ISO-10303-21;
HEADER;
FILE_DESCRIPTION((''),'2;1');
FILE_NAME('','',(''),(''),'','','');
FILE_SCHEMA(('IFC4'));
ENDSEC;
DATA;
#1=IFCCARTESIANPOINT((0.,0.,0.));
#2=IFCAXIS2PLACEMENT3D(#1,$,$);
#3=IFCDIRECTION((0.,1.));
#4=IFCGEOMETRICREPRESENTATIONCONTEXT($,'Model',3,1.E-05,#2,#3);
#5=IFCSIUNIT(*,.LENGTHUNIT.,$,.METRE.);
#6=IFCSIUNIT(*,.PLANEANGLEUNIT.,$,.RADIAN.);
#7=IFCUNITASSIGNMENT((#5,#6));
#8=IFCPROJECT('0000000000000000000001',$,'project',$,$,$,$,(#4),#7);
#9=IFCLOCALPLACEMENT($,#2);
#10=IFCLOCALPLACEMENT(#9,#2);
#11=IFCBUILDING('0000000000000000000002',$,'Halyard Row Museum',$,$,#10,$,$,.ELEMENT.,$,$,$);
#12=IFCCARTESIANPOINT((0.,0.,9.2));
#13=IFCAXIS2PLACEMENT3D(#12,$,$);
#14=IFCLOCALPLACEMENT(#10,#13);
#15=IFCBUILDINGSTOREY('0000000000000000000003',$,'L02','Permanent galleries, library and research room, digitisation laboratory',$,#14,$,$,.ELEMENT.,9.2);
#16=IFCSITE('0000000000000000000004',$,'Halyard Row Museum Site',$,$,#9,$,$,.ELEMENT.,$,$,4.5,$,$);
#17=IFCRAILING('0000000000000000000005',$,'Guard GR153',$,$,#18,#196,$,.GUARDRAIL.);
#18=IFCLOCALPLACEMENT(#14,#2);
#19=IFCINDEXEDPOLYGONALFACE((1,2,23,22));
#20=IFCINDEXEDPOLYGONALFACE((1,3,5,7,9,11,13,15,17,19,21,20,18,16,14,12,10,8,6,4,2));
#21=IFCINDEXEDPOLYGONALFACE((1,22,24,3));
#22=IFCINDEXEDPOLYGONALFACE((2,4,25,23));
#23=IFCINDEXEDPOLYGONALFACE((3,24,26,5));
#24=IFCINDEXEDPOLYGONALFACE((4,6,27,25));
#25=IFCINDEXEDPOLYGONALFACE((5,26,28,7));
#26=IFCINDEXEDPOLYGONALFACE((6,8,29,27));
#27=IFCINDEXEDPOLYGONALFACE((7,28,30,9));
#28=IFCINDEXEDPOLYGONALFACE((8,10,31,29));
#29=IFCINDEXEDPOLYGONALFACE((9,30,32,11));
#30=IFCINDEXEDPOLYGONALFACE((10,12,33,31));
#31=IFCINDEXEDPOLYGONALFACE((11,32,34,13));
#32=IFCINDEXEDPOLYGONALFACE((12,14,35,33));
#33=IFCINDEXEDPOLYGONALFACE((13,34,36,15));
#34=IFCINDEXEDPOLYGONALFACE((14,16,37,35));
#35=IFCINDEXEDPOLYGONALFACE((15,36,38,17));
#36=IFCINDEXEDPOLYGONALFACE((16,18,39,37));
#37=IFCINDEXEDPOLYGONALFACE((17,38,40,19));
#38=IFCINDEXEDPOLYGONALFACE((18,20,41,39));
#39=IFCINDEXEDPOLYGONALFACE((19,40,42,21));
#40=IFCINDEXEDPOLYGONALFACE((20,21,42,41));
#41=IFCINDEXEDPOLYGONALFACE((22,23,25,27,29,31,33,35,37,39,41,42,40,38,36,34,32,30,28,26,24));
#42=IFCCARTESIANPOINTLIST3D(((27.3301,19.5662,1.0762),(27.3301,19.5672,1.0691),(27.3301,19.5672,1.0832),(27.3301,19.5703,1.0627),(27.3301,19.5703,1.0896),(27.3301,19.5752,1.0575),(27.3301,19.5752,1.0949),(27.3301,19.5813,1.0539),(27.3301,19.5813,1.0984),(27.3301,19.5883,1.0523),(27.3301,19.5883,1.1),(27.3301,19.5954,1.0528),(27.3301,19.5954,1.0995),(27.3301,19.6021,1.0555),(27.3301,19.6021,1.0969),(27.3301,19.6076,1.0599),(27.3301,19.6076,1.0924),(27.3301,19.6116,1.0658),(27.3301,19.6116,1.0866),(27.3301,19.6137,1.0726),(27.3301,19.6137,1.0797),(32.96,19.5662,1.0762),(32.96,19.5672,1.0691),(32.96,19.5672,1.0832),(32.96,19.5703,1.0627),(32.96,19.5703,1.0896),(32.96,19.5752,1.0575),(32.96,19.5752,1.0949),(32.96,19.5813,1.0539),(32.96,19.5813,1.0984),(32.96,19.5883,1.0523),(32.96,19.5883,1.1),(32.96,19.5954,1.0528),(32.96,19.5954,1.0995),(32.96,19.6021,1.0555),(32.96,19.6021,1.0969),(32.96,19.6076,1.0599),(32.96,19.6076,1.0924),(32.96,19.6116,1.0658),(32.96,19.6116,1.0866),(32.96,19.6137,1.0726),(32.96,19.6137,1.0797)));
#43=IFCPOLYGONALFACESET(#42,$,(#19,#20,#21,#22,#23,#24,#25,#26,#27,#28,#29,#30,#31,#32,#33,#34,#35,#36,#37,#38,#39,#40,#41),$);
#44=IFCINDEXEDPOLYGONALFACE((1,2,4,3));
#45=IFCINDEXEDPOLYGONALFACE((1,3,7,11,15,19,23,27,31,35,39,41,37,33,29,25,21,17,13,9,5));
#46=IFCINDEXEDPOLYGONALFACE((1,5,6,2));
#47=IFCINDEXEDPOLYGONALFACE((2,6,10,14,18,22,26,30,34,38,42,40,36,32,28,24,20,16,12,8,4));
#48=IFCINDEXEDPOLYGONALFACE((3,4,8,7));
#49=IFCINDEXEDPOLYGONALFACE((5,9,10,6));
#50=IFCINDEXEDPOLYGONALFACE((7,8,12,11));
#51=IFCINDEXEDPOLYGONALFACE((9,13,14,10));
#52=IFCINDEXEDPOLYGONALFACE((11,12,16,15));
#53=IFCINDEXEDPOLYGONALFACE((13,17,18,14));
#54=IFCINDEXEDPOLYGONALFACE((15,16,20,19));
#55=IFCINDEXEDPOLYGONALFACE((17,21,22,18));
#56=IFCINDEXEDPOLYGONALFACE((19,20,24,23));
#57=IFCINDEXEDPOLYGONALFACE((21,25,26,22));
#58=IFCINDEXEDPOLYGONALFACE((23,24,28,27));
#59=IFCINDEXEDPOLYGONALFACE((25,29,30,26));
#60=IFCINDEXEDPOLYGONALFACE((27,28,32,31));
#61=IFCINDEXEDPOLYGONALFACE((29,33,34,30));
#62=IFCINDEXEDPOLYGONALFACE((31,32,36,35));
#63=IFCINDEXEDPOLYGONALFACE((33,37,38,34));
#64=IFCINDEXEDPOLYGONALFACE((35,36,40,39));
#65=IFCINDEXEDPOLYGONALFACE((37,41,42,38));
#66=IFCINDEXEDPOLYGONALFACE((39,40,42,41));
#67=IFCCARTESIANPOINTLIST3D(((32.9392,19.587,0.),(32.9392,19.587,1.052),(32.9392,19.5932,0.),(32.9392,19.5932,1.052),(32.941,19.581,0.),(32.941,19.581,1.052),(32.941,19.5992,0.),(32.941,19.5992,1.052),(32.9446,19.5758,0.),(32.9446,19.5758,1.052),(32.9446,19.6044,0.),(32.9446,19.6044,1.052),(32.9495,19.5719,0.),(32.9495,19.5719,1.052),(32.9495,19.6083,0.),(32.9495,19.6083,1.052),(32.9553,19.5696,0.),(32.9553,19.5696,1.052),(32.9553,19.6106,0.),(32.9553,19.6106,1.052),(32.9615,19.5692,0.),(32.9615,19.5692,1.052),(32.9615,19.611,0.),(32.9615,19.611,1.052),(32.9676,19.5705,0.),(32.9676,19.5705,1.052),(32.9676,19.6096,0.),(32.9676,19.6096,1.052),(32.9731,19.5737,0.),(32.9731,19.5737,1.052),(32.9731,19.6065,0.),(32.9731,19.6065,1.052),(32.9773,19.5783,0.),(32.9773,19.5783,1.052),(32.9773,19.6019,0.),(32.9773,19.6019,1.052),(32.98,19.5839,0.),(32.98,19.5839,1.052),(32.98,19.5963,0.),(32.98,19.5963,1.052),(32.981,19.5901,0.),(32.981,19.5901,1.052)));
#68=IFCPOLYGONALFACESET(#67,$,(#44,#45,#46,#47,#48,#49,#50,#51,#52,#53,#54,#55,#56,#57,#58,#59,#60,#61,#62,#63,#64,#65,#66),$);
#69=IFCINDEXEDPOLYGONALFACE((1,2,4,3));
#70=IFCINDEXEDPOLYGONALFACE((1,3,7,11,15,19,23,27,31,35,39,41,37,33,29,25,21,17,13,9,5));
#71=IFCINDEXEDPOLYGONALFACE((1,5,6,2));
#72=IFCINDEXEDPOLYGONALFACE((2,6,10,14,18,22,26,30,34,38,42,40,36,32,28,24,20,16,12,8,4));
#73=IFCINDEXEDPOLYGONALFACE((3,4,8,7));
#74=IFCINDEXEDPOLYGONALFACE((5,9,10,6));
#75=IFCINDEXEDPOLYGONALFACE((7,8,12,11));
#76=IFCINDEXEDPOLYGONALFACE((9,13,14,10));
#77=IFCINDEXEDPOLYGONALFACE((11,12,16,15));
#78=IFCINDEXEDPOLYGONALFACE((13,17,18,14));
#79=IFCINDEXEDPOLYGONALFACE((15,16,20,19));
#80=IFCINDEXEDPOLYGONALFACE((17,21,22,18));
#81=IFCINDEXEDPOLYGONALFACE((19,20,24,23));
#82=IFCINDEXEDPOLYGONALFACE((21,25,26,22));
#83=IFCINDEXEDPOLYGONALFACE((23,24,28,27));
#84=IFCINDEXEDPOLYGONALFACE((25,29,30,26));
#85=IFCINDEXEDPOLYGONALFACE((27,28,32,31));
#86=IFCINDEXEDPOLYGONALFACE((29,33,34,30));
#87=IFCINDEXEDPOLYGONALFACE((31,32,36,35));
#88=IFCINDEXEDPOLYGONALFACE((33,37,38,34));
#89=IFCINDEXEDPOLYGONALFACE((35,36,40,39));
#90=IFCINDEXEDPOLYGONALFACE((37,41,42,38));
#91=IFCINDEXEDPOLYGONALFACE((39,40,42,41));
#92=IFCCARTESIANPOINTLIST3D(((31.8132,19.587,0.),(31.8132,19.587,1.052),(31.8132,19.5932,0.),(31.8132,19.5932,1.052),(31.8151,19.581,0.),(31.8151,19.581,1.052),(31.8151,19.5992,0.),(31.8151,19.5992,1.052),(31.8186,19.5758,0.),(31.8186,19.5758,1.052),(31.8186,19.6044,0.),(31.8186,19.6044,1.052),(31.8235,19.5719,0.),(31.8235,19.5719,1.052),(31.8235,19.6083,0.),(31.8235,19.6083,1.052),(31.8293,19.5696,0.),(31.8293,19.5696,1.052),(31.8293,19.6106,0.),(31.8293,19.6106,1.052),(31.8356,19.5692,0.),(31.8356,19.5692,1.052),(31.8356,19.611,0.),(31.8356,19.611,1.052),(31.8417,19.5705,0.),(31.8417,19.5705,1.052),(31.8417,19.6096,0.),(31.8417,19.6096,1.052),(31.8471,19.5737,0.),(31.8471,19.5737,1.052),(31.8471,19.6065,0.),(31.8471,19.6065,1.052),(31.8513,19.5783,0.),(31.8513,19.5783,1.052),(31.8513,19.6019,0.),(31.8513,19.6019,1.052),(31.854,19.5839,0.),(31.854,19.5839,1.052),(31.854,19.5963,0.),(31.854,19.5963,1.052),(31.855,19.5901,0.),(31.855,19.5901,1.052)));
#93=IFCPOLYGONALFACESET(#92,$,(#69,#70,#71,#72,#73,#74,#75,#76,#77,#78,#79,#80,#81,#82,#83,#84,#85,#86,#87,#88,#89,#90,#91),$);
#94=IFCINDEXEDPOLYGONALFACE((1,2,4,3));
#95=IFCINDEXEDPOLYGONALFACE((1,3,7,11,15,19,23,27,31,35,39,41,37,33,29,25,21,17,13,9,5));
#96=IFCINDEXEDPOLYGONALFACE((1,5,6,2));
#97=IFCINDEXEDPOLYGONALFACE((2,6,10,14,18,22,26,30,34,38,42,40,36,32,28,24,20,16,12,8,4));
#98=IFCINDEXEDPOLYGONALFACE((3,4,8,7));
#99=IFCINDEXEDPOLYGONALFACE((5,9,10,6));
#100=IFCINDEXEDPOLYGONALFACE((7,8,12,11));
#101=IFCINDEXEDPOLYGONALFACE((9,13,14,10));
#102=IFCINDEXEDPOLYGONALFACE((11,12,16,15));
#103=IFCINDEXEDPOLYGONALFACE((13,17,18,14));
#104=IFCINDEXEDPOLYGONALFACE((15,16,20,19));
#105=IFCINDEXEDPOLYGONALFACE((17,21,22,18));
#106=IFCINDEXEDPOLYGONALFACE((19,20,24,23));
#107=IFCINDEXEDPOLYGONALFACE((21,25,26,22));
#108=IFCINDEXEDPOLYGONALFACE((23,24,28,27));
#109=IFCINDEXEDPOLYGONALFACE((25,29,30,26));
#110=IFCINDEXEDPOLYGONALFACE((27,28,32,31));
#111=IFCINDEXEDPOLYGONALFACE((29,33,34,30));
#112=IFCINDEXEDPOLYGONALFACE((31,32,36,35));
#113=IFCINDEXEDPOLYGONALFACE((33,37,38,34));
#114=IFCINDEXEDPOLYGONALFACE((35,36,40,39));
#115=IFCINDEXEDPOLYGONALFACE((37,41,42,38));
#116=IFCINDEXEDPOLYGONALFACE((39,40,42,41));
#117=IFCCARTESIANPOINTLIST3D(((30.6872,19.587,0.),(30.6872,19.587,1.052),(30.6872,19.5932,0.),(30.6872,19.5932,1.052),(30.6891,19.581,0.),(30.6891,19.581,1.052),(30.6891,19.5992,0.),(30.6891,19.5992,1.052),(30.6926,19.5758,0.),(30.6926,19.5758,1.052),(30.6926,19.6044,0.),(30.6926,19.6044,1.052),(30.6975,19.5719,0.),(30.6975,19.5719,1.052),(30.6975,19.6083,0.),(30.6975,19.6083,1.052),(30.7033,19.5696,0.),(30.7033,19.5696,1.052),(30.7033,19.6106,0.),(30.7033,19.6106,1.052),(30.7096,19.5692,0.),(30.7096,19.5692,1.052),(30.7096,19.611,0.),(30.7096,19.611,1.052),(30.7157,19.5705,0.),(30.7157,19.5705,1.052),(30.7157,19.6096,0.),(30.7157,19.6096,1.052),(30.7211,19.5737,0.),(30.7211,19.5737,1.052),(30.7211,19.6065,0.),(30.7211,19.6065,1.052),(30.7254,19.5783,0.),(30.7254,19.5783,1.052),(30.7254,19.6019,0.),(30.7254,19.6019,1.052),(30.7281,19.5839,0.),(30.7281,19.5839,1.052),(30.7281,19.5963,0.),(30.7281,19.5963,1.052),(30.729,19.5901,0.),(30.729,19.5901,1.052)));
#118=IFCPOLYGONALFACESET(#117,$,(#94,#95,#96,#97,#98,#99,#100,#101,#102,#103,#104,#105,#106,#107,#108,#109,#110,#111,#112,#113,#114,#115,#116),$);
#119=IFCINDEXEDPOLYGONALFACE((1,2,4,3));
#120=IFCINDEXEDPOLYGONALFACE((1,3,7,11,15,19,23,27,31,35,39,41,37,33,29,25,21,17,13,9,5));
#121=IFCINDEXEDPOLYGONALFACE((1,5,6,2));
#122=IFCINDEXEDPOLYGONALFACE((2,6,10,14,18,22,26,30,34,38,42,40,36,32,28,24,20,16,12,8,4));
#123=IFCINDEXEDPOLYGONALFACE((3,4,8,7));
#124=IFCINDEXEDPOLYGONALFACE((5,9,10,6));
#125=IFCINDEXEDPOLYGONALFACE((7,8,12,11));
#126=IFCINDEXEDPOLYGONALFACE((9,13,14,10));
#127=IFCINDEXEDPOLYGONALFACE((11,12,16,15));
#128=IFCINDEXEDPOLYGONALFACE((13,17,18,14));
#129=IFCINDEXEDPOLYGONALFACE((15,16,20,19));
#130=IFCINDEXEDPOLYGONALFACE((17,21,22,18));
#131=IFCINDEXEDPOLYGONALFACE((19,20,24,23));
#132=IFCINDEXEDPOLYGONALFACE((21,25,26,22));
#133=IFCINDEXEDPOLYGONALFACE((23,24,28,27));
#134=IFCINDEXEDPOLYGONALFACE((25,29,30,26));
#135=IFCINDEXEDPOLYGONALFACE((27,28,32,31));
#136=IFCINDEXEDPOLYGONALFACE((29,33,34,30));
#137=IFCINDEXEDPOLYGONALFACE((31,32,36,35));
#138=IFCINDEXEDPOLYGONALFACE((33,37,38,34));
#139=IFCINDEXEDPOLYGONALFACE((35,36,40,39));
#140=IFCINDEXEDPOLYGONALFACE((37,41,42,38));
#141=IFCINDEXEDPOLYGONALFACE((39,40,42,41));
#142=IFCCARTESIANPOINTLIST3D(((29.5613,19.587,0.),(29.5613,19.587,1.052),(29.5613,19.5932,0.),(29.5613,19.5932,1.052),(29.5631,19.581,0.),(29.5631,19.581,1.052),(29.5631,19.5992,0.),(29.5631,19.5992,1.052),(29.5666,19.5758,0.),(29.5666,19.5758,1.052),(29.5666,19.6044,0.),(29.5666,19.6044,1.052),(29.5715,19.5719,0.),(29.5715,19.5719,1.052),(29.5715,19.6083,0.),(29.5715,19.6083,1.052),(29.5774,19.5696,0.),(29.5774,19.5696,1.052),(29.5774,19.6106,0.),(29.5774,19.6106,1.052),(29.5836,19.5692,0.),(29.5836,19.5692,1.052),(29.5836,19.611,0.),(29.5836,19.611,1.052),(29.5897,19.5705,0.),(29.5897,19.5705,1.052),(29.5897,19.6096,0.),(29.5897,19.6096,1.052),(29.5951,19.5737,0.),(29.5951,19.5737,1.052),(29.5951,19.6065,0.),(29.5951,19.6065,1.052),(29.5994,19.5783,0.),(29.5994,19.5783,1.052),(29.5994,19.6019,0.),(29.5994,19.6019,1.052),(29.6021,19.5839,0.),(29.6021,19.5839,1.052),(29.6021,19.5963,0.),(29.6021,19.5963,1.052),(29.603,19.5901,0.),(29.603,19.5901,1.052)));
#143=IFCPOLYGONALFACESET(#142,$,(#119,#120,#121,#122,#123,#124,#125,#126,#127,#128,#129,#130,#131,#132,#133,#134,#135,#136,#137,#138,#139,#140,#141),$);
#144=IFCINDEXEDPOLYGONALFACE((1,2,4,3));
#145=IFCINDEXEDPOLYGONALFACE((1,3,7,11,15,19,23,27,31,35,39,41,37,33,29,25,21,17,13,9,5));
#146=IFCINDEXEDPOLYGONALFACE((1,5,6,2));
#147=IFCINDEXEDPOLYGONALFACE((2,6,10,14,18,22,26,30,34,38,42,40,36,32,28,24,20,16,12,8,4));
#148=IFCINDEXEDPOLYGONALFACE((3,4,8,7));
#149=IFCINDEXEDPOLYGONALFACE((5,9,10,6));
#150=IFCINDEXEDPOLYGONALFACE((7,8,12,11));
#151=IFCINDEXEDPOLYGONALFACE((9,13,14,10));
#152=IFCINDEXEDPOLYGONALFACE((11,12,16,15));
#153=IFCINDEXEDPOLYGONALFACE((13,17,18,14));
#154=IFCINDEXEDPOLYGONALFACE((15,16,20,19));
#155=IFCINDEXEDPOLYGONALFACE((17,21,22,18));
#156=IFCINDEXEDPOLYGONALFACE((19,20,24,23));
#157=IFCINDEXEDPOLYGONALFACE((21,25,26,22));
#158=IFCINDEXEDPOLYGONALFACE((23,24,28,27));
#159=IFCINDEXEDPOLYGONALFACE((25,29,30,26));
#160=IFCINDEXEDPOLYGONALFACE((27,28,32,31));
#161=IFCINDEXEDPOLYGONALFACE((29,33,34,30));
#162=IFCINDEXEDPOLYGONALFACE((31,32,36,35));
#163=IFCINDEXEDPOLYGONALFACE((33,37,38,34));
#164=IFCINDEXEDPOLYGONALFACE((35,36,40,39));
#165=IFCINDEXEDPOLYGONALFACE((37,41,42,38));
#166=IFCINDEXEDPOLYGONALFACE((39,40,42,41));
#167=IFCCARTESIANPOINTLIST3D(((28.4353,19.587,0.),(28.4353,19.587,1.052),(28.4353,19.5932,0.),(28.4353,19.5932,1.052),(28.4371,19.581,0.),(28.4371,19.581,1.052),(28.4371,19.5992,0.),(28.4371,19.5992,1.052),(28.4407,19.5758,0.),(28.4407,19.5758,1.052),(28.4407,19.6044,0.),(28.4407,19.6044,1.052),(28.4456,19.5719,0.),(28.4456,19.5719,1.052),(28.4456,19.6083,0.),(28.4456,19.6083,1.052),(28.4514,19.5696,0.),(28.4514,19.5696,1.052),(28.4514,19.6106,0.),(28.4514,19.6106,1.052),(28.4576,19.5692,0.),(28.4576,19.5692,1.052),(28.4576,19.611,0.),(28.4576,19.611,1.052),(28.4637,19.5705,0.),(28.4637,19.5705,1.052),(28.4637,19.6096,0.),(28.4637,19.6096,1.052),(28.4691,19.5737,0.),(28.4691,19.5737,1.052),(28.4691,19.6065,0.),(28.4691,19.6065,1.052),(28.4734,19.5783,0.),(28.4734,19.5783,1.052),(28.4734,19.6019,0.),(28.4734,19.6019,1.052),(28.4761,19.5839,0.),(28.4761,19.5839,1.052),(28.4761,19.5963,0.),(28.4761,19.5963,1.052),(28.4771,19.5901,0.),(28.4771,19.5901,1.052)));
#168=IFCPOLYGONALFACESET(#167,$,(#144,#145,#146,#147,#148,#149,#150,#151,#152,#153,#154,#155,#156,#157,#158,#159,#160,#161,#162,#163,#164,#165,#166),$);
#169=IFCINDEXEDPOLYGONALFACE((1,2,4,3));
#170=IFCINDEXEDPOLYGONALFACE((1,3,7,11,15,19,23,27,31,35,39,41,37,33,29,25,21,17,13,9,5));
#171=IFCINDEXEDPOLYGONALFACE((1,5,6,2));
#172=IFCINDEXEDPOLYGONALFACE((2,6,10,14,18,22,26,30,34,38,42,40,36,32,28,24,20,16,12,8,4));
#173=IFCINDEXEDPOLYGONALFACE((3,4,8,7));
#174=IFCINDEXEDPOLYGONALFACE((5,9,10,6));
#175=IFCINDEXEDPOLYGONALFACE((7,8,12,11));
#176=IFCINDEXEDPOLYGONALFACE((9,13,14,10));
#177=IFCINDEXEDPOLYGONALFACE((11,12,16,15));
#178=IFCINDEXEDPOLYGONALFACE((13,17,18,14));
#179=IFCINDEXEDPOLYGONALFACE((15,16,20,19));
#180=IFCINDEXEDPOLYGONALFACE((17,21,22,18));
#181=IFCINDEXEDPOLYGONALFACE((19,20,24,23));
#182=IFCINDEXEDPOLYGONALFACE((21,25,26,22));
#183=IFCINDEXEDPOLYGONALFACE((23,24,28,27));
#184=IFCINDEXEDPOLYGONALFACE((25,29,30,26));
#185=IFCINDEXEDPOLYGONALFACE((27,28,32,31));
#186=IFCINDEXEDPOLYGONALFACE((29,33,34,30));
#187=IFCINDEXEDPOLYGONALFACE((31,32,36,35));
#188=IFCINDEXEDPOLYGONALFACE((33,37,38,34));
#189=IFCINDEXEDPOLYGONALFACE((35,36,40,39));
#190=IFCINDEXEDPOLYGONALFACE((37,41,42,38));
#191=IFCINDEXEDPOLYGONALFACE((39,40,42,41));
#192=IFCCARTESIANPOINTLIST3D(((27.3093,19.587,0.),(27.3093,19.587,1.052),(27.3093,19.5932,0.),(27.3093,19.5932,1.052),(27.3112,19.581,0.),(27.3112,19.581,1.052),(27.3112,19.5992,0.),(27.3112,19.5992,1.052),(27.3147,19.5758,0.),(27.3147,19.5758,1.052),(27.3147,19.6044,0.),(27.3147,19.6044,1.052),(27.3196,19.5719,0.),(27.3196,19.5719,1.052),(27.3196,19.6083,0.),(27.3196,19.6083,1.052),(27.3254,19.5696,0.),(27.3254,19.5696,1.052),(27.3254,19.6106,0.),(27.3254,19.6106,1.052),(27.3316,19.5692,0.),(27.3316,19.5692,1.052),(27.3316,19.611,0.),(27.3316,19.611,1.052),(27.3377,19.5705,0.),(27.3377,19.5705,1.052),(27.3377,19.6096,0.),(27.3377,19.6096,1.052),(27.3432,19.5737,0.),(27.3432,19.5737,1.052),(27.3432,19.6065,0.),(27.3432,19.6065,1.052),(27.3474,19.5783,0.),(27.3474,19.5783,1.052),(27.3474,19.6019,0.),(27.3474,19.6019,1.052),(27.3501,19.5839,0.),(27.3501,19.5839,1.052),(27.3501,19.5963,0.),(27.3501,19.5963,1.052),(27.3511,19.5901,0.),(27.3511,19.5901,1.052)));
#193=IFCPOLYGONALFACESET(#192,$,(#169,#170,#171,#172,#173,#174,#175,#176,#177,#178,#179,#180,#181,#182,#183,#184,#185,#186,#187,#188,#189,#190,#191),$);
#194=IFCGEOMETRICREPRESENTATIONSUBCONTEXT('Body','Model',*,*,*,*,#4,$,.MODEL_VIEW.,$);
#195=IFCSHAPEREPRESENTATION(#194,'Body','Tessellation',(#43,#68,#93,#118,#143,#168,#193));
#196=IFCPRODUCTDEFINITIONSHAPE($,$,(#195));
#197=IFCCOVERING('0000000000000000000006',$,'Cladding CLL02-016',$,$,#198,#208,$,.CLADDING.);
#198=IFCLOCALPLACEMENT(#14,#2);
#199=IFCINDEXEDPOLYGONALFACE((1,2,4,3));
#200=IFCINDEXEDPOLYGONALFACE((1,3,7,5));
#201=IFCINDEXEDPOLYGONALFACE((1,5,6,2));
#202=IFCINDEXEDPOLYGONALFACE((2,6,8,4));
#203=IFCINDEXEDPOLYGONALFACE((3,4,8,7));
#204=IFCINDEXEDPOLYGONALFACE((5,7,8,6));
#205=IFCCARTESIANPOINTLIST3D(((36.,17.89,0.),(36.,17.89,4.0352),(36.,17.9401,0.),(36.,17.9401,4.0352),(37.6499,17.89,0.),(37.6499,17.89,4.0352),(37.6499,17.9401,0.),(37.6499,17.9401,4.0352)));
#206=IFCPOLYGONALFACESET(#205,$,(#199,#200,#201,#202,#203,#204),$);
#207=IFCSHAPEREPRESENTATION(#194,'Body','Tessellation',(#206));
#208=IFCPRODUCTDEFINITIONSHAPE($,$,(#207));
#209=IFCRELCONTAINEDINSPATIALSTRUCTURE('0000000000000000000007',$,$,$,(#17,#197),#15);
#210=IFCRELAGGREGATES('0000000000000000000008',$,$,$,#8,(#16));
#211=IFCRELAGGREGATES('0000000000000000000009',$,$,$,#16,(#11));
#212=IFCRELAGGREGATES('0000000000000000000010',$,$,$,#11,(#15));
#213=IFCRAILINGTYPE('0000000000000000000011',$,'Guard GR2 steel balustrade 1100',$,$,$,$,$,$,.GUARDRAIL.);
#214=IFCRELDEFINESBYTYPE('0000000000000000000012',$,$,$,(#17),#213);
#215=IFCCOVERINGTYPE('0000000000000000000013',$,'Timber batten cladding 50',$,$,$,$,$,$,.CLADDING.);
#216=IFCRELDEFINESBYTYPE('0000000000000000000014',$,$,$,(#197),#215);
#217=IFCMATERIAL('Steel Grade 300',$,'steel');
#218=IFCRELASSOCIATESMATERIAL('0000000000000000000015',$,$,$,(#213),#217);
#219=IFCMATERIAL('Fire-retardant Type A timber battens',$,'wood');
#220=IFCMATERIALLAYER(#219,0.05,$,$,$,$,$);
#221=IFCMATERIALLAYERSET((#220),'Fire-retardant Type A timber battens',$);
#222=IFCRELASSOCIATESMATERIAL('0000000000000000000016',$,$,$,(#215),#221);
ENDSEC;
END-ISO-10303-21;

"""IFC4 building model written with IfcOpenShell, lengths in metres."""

from ifc_helpers import new_model, si_unit, direction, frame, frame_2d, origin, origin_2d, place, context, subcontext, project, spatial, rectangle, circle, extrude, material, layer, layer_set, type_object, element, save


model = new_model("IFC4")

# Units and contexts
model_context = context("Model", 3, precision=1e-05, world=origin(), true_north=direction((0.0, 1.0)))
body_context = subcontext(model_context, "Body", "Model", "MODEL_VIEW")
ifc_project = project(units=[si_unit("LENGTHUNIT", "METRE"), si_unit("PLANEANGLEUNIT", "RADIAN")], contexts=[model_context])

# Site, building, storey
site_placement = place(None, origin())
site = spatial("IfcSite", under=ifc_project, at=site_placement, Name="Halyard Row Museum Site", CompositionType="ELEMENT", RefElevation=4.5)
building_placement = place(site_placement, origin())
building = spatial("IfcBuilding", under=site, at=building_placement, Name="Halyard Row Museum", CompositionType="ELEMENT")
storey_placement = place(building_placement, frame((0.0, 0.0, 9.2)))
storey = spatial("IfcBuildingStorey", under=building, at=storey_placement, Name="L02", Description="Permanent galleries, library and research room, digitisation laboratory", CompositionType="ELEMENT", Elevation=9.2)

# Railing
ifc_material_1 = material(Name="Steel Grade 300", Category="steel")
railing_type_1 = type_object("IfcRailingType", Name="Guard GR2 steel balustrade 1100", PredefinedType="GUARDRAIL", material=ifc_material_1)
railing_1_placement = place(storey_placement, frame((32.96, 19.5901, 0.0)))
element("IfcRailing", 1, at=railing_1_placement, inside=storey, type_object=railing_type_1, Name="Guard GR153", PredefinedType="GUARDRAIL", context=body_context, shape_type="SweptSolid", body=[
    extrude(circle(Radius=0.0239, at=origin_2d()), frame((0.0, 0.0, 1.0762), z_axis=(-1.0, 0.0, 0.0), x_axis=(0.0, -1.0, 0.0)), (0.0, 0.0, 1.0), 5.6299),
    extrude(circle(Radius=0.021, at=origin_2d()), origin(), (0.0, 0.0, 1.0), 1.052),
    extrude(circle(Radius=0.021, at=origin_2d()), frame((-1.126, 0.0, 0.0)), (0.0, 0.0, 1.0), 1.052),
    extrude(circle(Radius=0.021, at=origin_2d()), frame((-2.252, 0.0, 0.0)), (0.0, 0.0, 1.0), 1.052),
    extrude(circle(Radius=0.021, at=origin_2d()), frame((-3.3779, 0.0, 0.0)), (0.0, 0.0, 1.0), 1.052),
    extrude(circle(Radius=0.021, at=origin_2d()), frame((-4.5039, 0.0, 0.0)), (0.0, 0.0, 1.0), 1.052),
    extrude(circle(Radius=0.021, at=origin_2d()), frame((-5.6299, 0.0, 0.0)), (0.0, 0.0, 1.0), 1.052),
])

# Covering
ifc_material_2 = material(Name="Fire-retardant Type A timber battens", Category="wood")
ifc_layer_1 = layer(ifc_material_2, 0.05)
ifc_layer_set_1 = layer_set([ifc_layer_1], Name="Fire-retardant Type A timber battens")
covering_type = type_object("IfcCoveringType", Name="Timber batten cladding 50", PredefinedType="CLADDING", material=ifc_layer_set_1)
covering_1_placement = place(storey_placement, frame((36.0, 17.915, 0.0), z_axis=(0.0, 0.0, 1.0), x_axis=(1.0, 0.0, 0.0)))
element("IfcCovering", 2, at=covering_1_placement, inside=storey, type_object=covering_type, Name="Cladding CLL02-016", PredefinedType="CLADDING", context=body_context, shape_type="SweptSolid", body=[
    extrude(rectangle(XDim=1.6499, YDim=0.05, at=frame_2d((0.825, 0.0))), origin(), (0.0, 0.0, 1.0), 4.0352),
])

save(model, "model.ifc")
